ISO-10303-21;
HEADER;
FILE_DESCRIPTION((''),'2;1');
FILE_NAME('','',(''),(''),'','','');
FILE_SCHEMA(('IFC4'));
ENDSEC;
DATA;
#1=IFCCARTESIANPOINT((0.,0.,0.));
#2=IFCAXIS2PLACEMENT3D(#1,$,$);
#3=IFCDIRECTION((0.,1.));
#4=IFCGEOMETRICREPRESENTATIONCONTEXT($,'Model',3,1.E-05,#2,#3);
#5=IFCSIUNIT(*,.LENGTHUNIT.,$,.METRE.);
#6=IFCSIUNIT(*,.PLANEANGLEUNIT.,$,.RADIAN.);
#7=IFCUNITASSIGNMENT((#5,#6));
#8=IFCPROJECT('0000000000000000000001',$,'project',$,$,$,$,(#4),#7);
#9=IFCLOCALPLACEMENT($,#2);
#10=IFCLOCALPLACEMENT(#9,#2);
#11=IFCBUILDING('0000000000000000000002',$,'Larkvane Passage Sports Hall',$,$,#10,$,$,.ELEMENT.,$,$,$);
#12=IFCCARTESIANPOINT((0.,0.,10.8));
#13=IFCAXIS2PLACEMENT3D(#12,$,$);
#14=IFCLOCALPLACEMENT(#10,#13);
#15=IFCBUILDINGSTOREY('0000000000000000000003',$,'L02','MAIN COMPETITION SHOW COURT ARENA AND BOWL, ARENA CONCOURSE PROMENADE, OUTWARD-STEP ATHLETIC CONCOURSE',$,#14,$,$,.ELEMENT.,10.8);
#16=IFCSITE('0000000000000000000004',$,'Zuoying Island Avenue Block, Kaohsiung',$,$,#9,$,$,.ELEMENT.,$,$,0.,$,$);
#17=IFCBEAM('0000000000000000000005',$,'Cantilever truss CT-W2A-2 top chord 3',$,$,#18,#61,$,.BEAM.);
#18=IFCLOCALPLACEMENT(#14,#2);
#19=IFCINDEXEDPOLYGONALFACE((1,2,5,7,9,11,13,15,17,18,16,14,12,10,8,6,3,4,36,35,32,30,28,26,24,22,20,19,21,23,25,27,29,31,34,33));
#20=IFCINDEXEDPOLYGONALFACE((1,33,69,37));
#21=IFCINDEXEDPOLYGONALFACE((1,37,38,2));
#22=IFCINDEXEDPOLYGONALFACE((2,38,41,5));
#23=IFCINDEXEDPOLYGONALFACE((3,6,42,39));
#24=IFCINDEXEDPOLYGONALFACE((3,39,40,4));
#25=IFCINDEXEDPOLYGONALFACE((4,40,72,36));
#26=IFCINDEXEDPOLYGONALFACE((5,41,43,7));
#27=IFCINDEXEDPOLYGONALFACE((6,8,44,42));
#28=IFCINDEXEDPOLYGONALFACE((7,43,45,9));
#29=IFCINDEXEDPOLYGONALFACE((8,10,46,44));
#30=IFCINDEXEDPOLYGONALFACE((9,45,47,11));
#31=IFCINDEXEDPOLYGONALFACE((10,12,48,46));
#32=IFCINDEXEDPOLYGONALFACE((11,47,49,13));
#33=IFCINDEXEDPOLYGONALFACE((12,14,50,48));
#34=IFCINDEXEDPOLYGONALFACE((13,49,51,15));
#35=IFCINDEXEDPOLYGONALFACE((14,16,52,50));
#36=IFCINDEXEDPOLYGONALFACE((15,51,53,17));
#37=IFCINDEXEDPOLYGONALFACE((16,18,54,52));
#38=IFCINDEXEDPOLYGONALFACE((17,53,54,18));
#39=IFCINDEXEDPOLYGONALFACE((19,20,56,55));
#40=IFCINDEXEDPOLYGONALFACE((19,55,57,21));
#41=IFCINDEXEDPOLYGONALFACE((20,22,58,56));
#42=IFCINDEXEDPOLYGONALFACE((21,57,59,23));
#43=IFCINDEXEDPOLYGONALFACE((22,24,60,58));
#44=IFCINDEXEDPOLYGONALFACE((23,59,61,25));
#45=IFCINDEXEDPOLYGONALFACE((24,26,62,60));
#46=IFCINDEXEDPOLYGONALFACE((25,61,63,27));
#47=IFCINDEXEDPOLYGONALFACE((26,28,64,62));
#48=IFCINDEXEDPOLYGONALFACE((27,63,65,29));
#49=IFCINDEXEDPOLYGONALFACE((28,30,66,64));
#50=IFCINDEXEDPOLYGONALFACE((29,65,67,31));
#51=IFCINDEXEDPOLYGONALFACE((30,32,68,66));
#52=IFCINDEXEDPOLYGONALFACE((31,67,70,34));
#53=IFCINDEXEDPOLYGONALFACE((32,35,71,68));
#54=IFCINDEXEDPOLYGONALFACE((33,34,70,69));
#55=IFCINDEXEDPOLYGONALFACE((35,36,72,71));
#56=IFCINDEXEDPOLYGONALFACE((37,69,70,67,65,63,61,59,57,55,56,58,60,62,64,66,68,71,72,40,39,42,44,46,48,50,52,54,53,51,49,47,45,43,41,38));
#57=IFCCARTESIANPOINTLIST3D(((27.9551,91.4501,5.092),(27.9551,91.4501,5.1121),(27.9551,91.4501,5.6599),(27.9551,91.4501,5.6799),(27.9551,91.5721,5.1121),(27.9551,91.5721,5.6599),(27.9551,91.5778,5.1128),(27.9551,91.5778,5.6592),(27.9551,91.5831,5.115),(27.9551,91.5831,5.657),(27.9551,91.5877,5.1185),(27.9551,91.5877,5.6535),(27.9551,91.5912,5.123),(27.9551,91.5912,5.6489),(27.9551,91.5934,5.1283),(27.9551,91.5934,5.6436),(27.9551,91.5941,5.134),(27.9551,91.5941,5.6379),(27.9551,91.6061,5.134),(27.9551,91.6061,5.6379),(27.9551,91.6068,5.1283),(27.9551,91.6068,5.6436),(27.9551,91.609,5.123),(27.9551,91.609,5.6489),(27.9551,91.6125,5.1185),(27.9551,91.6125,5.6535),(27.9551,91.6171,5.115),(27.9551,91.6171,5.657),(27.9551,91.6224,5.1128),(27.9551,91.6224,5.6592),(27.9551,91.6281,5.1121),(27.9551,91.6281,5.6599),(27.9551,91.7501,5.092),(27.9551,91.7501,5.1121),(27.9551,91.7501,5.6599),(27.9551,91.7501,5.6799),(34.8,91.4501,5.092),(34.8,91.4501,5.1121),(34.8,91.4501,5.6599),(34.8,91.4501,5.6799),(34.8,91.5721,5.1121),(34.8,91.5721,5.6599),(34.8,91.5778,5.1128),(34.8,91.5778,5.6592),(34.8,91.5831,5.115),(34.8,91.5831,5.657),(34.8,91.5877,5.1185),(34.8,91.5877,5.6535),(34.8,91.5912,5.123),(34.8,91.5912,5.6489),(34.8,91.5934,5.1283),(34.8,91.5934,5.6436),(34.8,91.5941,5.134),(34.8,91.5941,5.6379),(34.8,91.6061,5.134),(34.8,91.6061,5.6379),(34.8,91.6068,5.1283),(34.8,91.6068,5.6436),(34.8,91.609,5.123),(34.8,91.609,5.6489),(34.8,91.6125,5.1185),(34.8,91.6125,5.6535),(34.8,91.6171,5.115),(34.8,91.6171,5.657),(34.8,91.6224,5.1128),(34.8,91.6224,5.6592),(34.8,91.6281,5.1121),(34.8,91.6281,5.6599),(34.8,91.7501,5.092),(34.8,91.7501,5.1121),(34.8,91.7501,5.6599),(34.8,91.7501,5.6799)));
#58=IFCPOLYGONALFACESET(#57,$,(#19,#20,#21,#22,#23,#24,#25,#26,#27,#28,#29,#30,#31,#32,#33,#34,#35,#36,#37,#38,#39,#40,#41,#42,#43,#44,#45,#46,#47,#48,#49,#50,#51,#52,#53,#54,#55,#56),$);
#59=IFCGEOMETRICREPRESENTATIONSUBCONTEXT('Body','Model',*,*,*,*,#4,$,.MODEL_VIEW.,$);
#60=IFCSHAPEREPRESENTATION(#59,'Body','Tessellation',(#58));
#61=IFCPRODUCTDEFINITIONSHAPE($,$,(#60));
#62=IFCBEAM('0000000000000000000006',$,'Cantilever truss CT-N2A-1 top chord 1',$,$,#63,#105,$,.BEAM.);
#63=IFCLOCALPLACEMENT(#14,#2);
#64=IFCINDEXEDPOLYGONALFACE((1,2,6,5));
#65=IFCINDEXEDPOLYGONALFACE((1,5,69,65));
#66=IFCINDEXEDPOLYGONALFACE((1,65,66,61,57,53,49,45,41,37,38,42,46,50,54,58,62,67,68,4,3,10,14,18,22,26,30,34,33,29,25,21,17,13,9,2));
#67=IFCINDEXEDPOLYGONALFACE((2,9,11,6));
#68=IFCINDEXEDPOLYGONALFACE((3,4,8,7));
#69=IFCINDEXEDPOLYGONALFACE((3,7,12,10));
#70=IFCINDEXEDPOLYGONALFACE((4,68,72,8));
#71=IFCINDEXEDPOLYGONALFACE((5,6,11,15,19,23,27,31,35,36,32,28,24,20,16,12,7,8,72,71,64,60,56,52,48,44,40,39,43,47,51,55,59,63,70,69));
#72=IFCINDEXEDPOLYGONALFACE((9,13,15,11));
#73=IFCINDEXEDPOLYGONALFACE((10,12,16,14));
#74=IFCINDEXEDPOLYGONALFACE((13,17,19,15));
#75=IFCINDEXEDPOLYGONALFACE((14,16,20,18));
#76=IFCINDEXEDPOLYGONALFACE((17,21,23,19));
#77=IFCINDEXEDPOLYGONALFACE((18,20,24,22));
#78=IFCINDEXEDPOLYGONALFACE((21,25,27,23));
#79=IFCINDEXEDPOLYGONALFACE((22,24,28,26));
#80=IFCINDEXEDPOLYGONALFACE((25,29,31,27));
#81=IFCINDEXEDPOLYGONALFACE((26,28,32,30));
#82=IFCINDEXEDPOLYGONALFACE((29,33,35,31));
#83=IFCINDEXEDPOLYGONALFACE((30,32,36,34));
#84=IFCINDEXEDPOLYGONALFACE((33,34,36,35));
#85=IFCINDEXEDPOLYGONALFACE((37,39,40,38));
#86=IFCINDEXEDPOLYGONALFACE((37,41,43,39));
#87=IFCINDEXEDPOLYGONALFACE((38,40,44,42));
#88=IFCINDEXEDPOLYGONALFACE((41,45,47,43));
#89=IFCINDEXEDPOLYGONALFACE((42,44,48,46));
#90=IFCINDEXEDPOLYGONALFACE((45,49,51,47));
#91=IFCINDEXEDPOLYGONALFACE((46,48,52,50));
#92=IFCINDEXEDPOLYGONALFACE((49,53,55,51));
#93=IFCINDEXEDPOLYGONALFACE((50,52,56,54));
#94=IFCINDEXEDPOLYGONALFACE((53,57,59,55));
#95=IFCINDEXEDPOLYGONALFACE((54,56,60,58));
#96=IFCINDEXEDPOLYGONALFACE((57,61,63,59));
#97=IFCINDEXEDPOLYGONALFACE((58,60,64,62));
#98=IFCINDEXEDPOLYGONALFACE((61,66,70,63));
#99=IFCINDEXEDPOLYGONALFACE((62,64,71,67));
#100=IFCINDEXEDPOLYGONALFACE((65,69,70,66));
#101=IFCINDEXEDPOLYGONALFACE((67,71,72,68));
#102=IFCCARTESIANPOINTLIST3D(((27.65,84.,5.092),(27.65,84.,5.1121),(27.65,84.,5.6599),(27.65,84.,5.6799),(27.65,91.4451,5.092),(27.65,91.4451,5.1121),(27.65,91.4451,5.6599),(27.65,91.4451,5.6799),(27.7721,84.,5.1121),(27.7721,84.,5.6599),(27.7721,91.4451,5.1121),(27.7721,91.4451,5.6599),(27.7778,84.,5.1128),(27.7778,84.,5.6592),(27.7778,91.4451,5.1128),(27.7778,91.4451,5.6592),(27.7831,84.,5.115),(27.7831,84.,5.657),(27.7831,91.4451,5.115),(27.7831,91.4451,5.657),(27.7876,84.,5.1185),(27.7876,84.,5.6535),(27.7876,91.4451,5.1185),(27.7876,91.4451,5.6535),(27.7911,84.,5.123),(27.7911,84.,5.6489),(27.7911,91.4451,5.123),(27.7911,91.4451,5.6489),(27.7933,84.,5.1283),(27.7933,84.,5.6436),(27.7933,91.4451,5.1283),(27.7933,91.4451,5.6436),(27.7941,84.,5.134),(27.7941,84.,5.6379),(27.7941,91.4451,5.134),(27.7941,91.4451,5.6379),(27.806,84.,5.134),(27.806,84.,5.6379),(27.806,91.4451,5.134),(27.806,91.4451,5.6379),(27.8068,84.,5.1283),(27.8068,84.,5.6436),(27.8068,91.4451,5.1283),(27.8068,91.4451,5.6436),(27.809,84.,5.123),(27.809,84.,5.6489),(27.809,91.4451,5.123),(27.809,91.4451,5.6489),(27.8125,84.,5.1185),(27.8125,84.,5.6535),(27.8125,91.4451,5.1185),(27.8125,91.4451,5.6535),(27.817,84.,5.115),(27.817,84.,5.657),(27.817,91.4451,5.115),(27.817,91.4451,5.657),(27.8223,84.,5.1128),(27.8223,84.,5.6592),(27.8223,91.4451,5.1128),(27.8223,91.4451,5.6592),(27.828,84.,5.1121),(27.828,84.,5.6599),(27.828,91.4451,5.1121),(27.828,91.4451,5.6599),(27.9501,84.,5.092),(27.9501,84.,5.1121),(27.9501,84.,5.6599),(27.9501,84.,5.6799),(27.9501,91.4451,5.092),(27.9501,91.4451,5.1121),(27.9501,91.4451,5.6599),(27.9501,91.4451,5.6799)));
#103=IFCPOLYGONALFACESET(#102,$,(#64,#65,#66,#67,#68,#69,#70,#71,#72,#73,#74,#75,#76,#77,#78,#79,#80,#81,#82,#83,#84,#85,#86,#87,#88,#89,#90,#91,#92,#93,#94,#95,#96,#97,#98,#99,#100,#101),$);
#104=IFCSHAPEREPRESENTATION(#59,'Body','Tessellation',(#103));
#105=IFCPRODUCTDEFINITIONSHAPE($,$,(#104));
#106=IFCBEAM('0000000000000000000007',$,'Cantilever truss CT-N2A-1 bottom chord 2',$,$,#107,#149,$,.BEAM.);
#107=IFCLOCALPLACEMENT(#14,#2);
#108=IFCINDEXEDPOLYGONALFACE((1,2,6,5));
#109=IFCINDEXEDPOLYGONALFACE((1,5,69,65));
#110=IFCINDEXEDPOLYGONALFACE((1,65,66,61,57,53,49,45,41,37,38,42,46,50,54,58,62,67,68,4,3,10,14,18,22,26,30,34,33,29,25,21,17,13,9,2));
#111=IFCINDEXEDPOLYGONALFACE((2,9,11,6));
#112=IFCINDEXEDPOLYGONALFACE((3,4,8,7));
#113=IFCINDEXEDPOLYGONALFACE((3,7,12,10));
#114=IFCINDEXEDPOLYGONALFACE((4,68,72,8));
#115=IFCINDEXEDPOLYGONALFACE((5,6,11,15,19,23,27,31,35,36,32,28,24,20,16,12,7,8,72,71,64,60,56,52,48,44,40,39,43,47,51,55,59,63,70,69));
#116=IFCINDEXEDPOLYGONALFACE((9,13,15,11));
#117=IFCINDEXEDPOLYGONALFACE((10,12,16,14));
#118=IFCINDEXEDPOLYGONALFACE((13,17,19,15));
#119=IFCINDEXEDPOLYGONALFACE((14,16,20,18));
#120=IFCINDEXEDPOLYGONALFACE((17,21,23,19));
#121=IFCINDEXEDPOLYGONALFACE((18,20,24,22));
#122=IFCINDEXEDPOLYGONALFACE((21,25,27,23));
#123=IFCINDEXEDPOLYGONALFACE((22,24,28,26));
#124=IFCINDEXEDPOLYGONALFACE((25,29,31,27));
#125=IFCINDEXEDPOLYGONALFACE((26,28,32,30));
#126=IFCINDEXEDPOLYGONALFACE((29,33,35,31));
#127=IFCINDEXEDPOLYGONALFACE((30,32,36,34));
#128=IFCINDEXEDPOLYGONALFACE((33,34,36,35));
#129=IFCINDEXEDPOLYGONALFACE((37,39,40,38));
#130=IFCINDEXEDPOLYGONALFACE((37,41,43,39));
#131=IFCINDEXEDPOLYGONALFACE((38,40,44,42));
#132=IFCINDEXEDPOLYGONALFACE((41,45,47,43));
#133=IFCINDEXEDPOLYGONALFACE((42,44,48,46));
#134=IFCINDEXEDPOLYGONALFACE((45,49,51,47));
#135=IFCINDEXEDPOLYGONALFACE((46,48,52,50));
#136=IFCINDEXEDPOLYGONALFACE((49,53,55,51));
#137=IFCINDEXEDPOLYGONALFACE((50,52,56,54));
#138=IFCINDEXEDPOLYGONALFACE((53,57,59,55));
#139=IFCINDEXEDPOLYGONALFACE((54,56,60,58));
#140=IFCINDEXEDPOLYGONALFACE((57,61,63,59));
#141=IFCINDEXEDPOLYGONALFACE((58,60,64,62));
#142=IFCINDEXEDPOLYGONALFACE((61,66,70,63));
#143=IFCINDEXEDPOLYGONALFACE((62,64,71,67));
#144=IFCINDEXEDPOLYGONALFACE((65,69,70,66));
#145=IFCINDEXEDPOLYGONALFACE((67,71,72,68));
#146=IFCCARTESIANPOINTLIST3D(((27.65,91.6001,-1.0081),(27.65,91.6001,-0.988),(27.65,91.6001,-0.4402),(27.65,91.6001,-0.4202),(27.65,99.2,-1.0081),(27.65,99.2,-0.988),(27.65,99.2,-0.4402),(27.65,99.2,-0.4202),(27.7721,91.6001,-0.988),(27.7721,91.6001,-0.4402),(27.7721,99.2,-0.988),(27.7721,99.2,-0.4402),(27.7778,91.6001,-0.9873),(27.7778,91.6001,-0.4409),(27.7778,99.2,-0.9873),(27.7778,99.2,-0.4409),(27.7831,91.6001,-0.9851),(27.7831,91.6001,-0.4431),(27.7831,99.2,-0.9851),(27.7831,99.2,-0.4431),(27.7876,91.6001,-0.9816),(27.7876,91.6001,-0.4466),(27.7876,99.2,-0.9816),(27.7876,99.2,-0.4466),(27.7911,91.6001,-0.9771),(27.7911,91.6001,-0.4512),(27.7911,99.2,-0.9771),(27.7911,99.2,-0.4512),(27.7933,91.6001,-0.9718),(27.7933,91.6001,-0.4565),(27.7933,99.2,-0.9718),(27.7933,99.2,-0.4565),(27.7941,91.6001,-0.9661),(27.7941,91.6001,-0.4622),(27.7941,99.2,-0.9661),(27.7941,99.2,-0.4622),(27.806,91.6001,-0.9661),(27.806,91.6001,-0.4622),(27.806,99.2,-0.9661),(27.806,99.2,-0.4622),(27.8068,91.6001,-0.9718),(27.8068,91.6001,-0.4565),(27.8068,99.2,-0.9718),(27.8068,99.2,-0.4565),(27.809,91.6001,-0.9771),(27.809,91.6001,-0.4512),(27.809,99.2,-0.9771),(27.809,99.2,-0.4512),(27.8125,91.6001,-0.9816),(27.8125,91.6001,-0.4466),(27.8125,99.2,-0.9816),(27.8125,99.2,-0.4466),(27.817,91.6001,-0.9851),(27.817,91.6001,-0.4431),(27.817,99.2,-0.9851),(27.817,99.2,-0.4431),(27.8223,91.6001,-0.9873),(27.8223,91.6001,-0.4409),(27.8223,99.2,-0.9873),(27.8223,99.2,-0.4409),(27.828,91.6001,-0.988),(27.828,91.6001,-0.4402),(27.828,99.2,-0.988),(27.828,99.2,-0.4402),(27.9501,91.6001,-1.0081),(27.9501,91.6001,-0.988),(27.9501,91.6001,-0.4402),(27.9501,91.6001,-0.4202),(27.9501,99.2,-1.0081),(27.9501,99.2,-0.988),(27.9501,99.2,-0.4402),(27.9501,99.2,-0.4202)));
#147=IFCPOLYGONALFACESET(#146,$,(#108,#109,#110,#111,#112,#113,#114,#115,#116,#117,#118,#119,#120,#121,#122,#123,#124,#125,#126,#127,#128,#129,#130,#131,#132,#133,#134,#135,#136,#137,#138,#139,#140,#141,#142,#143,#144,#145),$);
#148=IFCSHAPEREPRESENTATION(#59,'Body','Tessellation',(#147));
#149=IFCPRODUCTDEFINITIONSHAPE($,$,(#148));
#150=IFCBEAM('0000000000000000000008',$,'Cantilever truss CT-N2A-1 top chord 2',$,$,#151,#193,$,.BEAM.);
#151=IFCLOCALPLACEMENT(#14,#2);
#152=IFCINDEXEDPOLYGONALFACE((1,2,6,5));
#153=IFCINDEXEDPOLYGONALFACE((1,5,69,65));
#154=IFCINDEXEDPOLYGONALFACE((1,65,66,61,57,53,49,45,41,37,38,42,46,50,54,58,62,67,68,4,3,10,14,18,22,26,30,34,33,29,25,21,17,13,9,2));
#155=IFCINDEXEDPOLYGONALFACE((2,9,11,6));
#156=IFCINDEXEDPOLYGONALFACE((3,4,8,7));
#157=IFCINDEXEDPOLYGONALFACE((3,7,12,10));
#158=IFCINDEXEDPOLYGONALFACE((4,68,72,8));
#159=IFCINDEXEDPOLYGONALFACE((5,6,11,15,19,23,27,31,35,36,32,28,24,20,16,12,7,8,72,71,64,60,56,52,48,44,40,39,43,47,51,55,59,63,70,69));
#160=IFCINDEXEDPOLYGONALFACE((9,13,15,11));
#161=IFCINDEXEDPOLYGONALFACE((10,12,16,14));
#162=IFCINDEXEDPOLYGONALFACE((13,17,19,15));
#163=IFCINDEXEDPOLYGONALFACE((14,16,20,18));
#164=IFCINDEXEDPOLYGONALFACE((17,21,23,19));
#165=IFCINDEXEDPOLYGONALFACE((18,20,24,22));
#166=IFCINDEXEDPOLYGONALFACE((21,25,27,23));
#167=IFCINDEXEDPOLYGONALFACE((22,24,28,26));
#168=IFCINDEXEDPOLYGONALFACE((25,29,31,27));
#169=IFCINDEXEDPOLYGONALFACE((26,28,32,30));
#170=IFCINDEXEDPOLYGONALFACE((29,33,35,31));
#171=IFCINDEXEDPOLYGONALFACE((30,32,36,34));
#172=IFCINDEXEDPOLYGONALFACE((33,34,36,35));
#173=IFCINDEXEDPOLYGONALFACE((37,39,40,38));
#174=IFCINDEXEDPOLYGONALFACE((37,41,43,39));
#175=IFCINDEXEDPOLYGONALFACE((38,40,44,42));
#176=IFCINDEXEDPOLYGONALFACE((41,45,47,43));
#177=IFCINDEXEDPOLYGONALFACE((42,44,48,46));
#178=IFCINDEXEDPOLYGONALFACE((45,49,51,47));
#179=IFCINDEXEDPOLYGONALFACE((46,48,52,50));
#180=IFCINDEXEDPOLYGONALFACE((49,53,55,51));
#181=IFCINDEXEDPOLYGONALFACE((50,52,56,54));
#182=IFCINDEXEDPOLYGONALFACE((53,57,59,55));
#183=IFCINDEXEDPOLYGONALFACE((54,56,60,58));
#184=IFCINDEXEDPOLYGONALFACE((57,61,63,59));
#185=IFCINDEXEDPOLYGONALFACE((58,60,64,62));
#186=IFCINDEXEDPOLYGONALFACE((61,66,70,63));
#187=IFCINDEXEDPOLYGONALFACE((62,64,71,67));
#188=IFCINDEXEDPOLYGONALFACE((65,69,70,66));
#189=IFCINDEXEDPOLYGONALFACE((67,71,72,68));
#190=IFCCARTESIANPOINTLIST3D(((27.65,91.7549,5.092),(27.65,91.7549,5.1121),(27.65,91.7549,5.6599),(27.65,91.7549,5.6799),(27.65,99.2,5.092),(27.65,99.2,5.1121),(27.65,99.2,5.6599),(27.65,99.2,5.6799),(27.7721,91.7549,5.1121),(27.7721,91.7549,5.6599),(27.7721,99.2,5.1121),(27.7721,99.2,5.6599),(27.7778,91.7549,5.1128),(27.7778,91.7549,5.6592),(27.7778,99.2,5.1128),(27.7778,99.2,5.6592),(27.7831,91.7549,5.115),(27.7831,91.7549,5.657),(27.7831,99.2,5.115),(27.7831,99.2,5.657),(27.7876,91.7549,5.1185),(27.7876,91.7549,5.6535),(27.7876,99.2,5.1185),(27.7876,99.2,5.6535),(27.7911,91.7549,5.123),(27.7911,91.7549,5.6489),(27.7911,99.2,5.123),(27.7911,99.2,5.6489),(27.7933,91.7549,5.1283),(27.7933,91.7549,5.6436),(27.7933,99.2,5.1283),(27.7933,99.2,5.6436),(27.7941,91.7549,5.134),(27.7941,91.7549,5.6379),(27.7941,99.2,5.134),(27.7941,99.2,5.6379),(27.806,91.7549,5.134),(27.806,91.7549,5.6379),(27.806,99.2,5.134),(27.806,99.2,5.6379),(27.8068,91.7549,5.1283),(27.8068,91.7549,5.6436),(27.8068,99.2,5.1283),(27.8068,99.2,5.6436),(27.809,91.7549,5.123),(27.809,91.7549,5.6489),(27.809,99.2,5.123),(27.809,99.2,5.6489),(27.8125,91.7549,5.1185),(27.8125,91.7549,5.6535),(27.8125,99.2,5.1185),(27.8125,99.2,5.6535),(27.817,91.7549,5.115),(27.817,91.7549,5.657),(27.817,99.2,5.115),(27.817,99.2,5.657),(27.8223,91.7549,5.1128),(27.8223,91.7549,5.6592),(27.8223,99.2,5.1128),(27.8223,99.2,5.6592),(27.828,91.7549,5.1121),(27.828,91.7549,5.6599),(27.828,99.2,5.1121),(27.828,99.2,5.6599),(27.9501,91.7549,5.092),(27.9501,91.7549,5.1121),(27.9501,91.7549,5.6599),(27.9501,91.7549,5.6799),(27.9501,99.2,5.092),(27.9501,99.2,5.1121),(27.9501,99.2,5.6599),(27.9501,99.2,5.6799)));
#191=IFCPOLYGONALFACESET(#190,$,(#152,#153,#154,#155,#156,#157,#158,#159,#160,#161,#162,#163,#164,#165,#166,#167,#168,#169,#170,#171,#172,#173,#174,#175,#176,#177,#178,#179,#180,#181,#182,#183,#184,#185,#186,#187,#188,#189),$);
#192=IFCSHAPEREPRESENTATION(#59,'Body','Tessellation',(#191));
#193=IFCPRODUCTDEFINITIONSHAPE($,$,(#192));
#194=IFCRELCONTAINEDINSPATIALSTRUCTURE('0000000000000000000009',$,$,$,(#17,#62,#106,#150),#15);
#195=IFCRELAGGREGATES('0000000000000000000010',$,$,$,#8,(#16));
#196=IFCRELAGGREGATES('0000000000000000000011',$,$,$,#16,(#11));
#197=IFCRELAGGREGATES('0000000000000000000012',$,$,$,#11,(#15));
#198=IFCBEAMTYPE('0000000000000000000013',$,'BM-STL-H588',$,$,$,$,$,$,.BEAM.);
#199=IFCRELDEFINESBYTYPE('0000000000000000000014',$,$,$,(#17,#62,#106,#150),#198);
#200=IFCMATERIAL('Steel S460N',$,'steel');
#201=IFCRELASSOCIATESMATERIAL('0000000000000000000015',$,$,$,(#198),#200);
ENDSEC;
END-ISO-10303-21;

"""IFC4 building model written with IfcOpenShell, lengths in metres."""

from ifc_helpers import new_model, si_unit, direction, frame, origin, origin_2d, place, context, subcontext, project, spatial, i_section, extrude, material, material_profile, profile_set, type_object, element, save


model = new_model("IFC4")

# Units and contexts
model_context = context("Model", 3, precision=1e-05, world=origin(), true_north=direction((0.0, 1.0)))
body_context = subcontext(model_context, "Body", "Model", "MODEL_VIEW")
ifc_project = project(units=[si_unit("LENGTHUNIT", "METRE"), si_unit("PLANEANGLEUNIT", "RADIAN")], contexts=[model_context])

# Site, building, storey
site_placement = place(None, origin())
site = spatial("IfcSite", under=ifc_project, at=site_placement, Name="Zuoying Island Avenue Block, Kaohsiung", CompositionType="ELEMENT", RefElevation=0.0)
building_placement = place(site_placement, origin())
building = spatial("IfcBuilding", under=site, at=building_placement, Name="Larkvane Passage Sports Hall", CompositionType="ELEMENT")
storey_placement = place(building_placement, frame((0.0, 0.0, 10.8)))
storey = spatial("IfcBuildingStorey", under=building, at=storey_placement, Name="L02", Description="MAIN COMPETITION SHOW COURT ARENA AND BOWL, ARENA CONCOURSE PROMENADE, OUTWARD-STEP ATHLETIC CONCOURSE", CompositionType="ELEMENT", Elevation=10.8)

# Beams
ifc_material_1 = material(Name="Steel S460N", Category="steel")
ifc_material_profile_1 = material_profile(ifc_material_1, i_section(OverallWidth=0.3, OverallDepth=0.5879, WebThickness=0.012, FlangeThickness=0.02, FilletRadius=0.022, at=origin_2d()), Name="H-588x300x12x20")
ifc_profile_set_1 = profile_set([ifc_material_profile_1], Name="Steel S460N")
beam_type = type_object("IfcBeamType", Name="BM-STL-H588", PredefinedType="BEAM", material=ifc_profile_set_1)
beam_1_placement = place(storey_placement, frame((27.9551, 91.6001, 5.386), z_axis=(1.0, 0.0, 0.0), x_axis=(0.0, 1.0, 0.0)))
element("IfcBeam", 1, at=beam_1_placement, inside=storey, type_object=beam_type, Name="Cantilever truss CT-W2A-2 top chord 3", PredefinedType="BEAM", context=body_context, shape_type="SweptSolid", body=[
    extrude(i_section(OverallWidth=0.3, OverallDepth=0.5879, WebThickness=0.012, FlangeThickness=0.02, FilletRadius=0.022, at=origin_2d()), origin(), (0.0, 0.0, 1.0), 6.845),
])
beam_2_placement = place(storey_placement, frame((27.8, 84.0, 5.386), z_axis=(0.0, 1.0, 0.0), x_axis=(-1.0, 0.0, 0.0)))
element("IfcBeam", 2, at=beam_2_placement, inside=storey, type_object=beam_type, Name="Cantilever truss CT-N2A-1 top chord 1", PredefinedType="BEAM", context=body_context, shape_type="SweptSolid", body=[
    extrude(i_section(OverallWidth=0.3, OverallDepth=0.5879, WebThickness=0.012, FlangeThickness=0.02, FilletRadius=0.022, at=origin_2d()), origin(), (0.0, 0.0, 1.0), 7.4451),
])
beam_3_placement = place(storey_placement, frame((27.8, 91.6001, -0.7141), z_axis=(0.0, 1.0, 0.0), x_axis=(-1.0, 0.0, 0.0)))
element("IfcBeam", 3, at=beam_3_placement, inside=storey, type_object=beam_type, Name="Cantilever truss CT-N2A-1 bottom chord 2", PredefinedType="BEAM", context=body_context, shape_type="SweptSolid", body=[
    extrude(i_section(OverallWidth=0.3, OverallDepth=0.5879, WebThickness=0.012, FlangeThickness=0.02, FilletRadius=0.022, at=origin_2d()), origin(), (0.0, 0.0, 1.0), 7.5999),
])
beam_4_placement = place(storey_placement, frame((27.8, 91.7549, 5.386), z_axis=(0.0, 1.0, 0.0), x_axis=(-1.0, 0.0, 0.0)))
element("IfcBeam", 4, at=beam_4_placement, inside=storey, type_object=beam_type, Name="Cantilever truss CT-N2A-1 top chord 2", PredefinedType="BEAM", context=body_context, shape_type="SweptSolid", body=[
    extrude(i_section(OverallWidth=0.3, OverallDepth=0.5879, WebThickness=0.012, FlangeThickness=0.02, FilletRadius=0.022, at=origin_2d()), origin(), (0.0, 0.0, 1.0), 7.4451),
])

save(model, "model.ifc")
